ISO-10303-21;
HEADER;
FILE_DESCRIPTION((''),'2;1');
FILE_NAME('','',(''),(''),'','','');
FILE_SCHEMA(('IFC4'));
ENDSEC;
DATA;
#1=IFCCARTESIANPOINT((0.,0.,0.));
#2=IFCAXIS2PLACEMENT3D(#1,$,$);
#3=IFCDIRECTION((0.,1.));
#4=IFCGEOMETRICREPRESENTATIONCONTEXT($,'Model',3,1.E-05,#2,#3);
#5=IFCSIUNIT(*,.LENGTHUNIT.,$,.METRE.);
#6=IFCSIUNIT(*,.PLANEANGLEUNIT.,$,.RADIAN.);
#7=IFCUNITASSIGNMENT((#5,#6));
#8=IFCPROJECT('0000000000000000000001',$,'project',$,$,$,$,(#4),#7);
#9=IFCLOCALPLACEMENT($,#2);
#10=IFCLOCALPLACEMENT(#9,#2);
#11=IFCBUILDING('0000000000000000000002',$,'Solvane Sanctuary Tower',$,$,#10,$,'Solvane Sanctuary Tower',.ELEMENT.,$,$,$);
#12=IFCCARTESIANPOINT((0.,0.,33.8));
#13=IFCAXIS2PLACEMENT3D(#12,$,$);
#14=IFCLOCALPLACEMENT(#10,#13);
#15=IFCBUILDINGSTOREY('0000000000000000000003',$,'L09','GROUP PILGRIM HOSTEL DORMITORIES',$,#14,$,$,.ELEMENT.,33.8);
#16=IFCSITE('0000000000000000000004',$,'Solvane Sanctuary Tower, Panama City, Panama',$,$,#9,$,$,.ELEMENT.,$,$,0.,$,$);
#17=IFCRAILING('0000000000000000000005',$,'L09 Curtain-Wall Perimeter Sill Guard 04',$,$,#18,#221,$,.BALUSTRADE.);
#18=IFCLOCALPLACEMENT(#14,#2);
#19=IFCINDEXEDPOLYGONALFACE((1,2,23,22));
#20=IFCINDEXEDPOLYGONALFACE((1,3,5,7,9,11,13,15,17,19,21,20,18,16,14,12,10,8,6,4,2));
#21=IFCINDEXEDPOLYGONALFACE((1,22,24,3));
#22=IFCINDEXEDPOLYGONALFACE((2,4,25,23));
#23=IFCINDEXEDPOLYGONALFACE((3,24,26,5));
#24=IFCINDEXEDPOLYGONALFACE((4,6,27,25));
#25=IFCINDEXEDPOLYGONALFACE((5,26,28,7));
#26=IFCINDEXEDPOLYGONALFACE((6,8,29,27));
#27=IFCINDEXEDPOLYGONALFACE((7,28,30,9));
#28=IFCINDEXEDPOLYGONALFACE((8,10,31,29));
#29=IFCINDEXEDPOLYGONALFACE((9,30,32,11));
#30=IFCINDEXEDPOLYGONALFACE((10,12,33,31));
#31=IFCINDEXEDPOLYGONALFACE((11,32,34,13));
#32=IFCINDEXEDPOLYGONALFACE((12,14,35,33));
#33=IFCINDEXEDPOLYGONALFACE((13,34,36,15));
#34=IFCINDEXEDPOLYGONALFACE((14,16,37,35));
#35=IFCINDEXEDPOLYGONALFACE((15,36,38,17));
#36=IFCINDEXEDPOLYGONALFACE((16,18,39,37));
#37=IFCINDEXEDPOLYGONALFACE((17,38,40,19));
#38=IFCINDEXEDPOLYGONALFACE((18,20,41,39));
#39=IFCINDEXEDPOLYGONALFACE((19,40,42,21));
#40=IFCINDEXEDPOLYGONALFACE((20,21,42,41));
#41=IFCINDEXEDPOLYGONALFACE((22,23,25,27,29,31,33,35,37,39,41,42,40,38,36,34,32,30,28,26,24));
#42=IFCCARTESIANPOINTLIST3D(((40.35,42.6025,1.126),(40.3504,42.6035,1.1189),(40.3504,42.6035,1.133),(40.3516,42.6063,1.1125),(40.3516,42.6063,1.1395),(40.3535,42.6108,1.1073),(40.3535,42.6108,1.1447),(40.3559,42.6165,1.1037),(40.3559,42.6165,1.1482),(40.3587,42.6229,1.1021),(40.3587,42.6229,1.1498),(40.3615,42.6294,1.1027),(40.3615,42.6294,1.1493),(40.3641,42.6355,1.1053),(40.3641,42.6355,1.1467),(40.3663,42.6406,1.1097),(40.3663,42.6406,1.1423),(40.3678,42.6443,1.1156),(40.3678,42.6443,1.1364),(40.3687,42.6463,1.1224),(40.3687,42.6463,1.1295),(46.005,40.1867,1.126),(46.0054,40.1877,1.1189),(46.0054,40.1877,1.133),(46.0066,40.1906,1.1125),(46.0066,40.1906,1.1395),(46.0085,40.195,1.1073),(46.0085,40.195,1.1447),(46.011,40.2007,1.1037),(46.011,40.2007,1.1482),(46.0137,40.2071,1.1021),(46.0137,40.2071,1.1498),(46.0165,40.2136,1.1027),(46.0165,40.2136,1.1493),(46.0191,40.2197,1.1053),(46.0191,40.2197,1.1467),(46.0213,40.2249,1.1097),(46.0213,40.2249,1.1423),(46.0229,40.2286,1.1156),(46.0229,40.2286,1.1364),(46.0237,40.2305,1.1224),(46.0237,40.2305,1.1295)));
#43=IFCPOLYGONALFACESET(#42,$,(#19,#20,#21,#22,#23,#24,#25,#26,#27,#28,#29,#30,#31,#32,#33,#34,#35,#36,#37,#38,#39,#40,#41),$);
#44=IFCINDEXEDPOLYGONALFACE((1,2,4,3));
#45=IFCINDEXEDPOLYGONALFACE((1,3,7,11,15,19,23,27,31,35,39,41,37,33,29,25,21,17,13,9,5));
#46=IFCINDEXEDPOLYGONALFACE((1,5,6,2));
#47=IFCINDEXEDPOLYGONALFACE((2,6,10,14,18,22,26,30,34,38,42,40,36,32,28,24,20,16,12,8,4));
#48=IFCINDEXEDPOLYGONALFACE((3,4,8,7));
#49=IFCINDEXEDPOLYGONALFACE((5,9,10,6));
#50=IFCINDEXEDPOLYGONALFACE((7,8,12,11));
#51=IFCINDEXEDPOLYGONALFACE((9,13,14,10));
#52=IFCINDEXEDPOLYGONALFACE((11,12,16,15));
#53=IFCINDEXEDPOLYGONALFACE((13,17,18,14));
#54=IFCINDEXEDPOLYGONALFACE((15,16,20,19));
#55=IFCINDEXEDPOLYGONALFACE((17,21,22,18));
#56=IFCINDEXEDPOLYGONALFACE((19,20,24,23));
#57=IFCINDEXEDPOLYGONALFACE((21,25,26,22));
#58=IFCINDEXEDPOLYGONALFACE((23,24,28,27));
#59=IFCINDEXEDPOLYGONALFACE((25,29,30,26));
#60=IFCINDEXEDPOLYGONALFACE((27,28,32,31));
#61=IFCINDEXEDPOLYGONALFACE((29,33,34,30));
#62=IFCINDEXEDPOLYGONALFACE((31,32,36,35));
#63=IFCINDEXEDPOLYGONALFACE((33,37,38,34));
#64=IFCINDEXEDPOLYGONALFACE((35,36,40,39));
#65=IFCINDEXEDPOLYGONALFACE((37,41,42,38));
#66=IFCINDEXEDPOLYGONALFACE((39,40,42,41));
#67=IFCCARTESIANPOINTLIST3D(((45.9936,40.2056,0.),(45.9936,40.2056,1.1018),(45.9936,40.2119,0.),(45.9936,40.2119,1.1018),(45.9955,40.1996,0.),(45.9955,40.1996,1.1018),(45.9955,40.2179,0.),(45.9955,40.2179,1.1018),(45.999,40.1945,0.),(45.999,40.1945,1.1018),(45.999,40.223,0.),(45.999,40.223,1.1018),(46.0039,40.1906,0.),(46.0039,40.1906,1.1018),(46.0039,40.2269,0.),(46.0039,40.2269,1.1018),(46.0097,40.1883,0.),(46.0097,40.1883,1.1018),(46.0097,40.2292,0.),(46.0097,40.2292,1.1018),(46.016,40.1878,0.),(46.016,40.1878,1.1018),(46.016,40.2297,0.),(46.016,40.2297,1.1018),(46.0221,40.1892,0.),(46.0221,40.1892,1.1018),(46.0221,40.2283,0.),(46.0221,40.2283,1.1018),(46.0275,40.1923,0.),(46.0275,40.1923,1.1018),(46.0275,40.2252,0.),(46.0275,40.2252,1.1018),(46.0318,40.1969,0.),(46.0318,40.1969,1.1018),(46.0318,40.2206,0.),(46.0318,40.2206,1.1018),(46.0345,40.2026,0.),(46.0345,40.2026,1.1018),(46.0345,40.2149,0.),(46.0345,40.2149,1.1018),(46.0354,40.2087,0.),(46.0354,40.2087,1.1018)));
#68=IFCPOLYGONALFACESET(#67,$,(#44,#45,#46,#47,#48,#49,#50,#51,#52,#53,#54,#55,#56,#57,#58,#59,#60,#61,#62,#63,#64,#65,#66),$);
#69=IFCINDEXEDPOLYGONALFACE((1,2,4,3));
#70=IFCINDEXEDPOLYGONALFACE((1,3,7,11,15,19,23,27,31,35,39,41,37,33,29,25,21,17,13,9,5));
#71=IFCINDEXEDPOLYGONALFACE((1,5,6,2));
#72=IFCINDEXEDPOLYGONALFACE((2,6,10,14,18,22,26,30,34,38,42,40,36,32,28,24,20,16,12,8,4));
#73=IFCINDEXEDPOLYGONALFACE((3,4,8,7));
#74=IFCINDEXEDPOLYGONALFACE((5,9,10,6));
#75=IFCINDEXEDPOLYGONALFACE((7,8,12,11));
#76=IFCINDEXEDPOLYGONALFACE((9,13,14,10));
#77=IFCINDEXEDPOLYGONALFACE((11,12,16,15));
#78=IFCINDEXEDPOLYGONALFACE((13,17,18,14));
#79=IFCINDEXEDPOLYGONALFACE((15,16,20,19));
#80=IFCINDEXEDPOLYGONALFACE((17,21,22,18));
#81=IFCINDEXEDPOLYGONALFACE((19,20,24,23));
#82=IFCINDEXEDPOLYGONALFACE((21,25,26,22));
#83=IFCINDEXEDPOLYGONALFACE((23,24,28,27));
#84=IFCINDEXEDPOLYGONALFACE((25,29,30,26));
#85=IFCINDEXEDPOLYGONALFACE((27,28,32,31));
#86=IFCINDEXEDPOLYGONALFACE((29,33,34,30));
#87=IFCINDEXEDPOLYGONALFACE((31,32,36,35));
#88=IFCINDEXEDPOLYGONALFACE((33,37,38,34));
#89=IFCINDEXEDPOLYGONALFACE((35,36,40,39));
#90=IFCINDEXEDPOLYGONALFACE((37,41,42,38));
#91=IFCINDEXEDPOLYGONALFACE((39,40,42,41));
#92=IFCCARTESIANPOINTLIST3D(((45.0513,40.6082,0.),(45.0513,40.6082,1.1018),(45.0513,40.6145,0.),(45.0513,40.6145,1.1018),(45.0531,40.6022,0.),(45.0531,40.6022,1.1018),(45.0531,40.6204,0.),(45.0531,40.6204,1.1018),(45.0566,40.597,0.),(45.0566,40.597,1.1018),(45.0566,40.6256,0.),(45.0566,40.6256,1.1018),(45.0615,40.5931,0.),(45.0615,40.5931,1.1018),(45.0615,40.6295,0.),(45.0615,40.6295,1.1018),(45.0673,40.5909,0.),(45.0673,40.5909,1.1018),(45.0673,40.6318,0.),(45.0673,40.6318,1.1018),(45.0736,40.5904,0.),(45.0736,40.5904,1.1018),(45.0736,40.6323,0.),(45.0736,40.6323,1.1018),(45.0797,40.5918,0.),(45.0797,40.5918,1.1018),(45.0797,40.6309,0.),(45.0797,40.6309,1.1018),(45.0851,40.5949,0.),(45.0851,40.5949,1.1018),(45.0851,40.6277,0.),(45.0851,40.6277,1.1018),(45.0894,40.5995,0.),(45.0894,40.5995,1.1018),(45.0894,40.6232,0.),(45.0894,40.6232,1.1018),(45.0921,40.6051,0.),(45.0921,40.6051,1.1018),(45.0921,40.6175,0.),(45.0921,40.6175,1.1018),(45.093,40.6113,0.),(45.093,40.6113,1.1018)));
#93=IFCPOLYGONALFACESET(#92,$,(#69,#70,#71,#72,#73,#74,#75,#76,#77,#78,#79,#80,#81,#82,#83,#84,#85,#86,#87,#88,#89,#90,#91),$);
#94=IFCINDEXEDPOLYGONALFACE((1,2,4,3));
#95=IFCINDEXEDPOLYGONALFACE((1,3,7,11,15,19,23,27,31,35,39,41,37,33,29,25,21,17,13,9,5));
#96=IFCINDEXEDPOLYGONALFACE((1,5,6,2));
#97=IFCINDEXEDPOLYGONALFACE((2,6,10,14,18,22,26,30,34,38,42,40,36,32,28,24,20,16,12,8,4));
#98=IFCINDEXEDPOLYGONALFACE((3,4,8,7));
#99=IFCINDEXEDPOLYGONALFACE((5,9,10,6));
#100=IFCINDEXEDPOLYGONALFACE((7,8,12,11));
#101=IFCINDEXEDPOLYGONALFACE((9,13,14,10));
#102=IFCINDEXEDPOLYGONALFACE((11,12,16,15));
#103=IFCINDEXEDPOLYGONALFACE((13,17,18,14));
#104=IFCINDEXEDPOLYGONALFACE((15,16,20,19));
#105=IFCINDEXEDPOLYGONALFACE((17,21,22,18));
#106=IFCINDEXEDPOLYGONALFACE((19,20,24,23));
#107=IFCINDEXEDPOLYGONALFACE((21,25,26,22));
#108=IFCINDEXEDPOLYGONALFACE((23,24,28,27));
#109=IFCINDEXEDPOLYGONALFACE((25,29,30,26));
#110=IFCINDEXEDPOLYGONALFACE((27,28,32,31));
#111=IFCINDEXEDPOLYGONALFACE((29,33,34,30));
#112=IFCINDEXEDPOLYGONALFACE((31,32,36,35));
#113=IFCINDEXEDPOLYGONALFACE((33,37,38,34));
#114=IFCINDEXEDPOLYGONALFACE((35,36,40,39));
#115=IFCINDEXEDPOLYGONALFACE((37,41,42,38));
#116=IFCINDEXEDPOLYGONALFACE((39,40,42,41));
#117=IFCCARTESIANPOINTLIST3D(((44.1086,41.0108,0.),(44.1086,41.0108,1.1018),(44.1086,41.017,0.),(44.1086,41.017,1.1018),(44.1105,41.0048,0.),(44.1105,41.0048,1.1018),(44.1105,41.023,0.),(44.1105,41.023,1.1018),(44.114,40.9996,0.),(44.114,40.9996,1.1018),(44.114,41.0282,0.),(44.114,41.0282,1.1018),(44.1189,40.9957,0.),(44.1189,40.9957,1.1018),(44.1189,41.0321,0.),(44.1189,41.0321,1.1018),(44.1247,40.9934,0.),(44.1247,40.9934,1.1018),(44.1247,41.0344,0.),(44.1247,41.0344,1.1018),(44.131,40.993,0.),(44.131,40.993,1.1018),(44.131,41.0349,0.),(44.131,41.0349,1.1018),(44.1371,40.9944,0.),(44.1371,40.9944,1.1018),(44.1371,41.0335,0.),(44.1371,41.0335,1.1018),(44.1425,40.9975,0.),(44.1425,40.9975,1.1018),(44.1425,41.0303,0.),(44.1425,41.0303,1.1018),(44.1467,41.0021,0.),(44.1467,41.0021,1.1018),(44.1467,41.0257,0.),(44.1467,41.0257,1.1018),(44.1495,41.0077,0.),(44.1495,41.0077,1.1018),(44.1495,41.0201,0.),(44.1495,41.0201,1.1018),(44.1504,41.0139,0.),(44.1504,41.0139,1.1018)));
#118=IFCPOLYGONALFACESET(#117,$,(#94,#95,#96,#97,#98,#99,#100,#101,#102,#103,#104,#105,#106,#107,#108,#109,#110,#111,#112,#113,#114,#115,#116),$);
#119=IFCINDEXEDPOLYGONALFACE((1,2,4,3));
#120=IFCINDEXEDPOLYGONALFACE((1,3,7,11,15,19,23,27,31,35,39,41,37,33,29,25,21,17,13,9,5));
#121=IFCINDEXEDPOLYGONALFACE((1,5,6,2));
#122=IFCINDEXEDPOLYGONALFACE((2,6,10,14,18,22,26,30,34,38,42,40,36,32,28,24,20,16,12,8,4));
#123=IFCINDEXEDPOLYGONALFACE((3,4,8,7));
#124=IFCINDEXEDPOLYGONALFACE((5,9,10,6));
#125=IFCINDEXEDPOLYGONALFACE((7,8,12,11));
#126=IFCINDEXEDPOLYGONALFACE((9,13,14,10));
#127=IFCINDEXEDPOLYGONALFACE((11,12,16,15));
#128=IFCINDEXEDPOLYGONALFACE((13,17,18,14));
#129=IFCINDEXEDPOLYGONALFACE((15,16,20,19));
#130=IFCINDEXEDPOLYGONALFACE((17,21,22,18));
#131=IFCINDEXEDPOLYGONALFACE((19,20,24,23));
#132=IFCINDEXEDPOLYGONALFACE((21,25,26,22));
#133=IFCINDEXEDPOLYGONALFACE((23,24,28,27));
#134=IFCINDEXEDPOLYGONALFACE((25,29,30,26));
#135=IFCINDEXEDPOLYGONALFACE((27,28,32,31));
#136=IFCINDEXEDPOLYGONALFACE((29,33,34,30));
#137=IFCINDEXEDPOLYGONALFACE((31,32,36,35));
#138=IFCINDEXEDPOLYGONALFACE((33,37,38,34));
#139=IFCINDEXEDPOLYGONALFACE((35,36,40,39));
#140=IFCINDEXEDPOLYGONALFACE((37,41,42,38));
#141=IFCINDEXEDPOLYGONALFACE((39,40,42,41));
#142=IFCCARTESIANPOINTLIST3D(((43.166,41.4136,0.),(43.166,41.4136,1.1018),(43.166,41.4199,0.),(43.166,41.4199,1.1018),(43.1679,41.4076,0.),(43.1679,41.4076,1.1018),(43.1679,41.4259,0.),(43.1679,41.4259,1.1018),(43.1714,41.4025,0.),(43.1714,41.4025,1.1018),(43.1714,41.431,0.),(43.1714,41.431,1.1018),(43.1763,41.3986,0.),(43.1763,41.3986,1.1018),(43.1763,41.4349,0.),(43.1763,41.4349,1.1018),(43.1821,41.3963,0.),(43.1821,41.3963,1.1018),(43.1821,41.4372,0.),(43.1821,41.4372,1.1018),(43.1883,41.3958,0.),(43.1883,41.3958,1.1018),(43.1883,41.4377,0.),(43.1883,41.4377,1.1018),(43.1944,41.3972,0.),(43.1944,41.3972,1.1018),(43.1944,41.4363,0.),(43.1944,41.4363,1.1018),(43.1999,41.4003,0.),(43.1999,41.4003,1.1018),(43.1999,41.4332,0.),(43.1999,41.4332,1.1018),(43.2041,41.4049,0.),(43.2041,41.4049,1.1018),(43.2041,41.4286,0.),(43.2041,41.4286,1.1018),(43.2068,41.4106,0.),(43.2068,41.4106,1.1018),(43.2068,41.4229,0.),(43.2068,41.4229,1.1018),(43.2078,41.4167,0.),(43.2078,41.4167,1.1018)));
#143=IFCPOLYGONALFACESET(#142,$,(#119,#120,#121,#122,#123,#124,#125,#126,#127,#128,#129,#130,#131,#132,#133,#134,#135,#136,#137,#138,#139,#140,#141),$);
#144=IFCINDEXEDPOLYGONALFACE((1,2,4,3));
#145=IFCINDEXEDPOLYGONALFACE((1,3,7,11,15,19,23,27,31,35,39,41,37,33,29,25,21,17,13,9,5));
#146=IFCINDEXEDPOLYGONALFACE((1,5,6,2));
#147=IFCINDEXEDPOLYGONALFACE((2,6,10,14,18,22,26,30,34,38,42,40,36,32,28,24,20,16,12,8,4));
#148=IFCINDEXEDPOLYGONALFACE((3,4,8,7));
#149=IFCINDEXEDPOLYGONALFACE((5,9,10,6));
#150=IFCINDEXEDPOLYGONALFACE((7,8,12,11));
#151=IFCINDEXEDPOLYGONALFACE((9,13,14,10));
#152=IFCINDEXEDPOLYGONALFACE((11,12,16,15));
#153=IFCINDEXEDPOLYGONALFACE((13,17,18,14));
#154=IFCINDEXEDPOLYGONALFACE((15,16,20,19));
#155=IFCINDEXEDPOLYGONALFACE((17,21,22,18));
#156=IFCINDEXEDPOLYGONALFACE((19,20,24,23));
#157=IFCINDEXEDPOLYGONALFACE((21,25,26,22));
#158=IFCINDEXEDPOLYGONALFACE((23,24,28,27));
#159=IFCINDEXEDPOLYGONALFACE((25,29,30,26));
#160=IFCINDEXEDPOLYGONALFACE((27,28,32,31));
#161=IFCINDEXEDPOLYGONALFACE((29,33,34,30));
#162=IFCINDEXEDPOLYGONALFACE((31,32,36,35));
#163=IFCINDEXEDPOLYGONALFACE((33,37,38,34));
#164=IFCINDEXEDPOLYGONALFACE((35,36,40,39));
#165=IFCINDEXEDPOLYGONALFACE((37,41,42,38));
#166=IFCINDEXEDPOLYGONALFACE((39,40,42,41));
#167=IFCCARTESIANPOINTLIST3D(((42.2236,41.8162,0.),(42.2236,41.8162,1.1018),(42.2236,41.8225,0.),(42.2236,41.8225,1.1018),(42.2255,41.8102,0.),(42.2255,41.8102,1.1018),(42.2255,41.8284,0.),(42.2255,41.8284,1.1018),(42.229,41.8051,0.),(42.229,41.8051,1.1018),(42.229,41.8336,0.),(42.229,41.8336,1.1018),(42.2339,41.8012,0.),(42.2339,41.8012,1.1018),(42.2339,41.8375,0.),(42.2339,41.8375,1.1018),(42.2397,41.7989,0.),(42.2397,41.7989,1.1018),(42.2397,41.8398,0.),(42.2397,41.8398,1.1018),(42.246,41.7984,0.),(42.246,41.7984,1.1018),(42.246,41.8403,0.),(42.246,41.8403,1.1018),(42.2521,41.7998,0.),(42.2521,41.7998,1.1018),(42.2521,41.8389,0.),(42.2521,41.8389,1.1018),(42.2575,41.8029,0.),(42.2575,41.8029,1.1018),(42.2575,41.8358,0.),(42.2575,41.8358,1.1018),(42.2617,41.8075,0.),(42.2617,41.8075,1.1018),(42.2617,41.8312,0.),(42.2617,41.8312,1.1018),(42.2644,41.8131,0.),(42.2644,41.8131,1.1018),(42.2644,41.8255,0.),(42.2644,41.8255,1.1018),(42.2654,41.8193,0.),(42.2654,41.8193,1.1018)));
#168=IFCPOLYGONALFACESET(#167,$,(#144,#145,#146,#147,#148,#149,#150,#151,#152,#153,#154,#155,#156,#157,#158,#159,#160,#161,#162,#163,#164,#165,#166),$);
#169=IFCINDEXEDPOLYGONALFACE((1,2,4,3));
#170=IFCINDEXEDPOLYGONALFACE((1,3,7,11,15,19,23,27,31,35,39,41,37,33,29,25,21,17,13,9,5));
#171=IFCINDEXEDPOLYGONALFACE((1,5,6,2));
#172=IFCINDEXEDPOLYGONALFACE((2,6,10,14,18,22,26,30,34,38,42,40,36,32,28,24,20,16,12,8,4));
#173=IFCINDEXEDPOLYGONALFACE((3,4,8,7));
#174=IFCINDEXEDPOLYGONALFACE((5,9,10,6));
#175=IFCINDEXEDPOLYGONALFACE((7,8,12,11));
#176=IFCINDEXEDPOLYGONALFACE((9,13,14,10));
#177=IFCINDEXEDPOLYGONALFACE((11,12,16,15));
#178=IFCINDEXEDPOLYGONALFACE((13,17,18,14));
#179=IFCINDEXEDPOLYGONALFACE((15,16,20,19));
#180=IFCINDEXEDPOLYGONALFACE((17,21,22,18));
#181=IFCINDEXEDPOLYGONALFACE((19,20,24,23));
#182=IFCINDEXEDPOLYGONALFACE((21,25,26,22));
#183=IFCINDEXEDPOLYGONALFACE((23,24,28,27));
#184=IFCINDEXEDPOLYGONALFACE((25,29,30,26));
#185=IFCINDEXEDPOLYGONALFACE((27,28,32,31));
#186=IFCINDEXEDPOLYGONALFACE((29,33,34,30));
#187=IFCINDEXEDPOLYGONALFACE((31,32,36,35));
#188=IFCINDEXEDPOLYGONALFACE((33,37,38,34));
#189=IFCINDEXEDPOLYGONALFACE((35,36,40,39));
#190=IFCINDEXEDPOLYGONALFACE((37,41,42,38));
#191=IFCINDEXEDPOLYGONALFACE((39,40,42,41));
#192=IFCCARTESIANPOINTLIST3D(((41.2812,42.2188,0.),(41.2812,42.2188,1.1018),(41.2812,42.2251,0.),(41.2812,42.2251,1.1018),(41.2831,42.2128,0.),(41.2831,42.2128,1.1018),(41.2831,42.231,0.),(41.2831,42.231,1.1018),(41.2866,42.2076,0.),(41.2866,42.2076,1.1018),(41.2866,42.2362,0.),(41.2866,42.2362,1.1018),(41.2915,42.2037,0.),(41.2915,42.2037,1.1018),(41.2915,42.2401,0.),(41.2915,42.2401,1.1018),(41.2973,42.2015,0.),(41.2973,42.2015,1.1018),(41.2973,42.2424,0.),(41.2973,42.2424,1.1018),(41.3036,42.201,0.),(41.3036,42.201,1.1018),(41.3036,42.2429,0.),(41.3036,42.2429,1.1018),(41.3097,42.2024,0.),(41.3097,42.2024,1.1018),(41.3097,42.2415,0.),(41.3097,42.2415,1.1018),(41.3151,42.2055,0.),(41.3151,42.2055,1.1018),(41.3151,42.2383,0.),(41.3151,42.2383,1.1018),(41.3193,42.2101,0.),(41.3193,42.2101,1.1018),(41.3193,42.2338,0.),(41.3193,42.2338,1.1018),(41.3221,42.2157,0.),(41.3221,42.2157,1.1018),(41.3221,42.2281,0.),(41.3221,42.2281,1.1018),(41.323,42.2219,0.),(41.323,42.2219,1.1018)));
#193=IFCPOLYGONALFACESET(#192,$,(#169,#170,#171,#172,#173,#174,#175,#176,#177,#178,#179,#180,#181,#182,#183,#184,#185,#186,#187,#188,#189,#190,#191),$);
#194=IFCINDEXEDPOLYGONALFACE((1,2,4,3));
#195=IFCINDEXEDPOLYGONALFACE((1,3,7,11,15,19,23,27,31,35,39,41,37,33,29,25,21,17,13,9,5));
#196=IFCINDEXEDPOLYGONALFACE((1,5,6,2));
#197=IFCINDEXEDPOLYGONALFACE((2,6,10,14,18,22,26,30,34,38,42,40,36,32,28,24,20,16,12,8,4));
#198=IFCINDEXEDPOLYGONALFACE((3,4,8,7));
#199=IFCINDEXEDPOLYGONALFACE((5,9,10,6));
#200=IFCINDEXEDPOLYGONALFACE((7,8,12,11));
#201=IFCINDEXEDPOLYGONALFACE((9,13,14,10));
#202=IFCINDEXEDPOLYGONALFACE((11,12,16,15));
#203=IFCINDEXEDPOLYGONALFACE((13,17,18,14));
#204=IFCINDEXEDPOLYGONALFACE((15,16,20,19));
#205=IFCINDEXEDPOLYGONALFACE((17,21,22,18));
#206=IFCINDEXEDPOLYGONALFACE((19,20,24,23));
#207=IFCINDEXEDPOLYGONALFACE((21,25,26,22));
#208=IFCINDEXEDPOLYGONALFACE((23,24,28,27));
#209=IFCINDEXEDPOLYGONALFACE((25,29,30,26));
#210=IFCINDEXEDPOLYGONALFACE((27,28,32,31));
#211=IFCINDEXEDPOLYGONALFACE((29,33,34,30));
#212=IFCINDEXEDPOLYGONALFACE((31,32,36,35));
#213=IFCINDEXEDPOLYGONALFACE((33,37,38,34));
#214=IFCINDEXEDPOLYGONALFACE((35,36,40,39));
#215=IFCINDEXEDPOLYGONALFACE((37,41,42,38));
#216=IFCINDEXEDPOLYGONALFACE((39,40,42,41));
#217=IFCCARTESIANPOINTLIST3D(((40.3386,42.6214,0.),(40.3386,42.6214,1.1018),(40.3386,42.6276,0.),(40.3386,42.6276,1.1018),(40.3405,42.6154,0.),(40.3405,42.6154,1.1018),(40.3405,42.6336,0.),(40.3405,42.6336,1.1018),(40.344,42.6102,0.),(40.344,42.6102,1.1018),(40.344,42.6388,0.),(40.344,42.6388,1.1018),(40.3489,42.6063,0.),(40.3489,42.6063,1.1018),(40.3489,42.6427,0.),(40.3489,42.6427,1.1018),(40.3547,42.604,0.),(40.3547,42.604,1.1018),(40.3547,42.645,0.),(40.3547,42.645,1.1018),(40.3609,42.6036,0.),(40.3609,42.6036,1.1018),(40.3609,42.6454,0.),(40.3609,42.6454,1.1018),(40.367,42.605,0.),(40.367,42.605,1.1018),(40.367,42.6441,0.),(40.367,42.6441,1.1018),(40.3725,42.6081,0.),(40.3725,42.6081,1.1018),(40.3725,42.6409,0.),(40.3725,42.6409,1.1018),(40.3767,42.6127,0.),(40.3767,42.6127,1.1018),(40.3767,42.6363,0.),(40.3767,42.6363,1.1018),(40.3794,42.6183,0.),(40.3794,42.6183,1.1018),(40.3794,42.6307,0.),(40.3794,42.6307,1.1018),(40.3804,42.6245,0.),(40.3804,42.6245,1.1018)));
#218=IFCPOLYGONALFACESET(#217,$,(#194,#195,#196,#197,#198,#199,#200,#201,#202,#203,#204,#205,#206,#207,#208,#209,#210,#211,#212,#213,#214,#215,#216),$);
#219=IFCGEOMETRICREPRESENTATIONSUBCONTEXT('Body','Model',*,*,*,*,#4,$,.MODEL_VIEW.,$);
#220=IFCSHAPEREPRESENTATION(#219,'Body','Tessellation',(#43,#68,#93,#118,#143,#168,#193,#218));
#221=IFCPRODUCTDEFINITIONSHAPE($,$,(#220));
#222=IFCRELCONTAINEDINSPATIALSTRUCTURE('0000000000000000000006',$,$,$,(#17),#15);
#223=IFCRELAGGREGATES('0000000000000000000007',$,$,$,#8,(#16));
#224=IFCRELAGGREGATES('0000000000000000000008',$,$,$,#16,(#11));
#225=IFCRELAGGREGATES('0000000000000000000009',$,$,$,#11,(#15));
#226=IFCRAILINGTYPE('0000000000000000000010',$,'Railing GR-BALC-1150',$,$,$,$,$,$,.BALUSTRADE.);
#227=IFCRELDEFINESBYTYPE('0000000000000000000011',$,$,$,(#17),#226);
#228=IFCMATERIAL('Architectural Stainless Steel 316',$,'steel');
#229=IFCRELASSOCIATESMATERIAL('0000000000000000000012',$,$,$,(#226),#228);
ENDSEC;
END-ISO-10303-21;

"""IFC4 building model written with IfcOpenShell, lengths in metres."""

from ifc_helpers import new_model, si_unit, direction, frame, origin, origin_2d, place, context, subcontext, project, spatial, circle, extrude, material, type_object, element, save


model = new_model("IFC4")

# Units and contexts
model_context = context("Model", 3, precision=1e-05, world=origin(), true_north=direction((0.0, 1.0)))
body_context = subcontext(model_context, "Body", "Model", "MODEL_VIEW")
ifc_project = project(units=[si_unit("LENGTHUNIT", "METRE"), si_unit("PLANEANGLEUNIT", "RADIAN")], contexts=[model_context])

# Site, building, storey
site_placement = place(None, origin())
site = spatial("IfcSite", under=ifc_project, at=site_placement, Name="Solvane Sanctuary Tower, Panama City, Panama", CompositionType="ELEMENT", RefElevation=0.0)
building_placement = place(site_placement, origin())
building = spatial("IfcBuilding", under=site, at=building_placement, Name="Solvane Sanctuary Tower", LongName="Solvane Sanctuary Tower", CompositionType="ELEMENT")
storey_placement = place(building_placement, frame((0.0, 0.0, 33.8)))
storey = spatial("IfcBuildingStorey", under=building, at=storey_placement, Name="L09", Description="GROUP PILGRIM HOSTEL DORMITORIES", CompositionType="ELEMENT", Elevation=33.8)

# Shared definitions
ifc_material_1 = material(Name="Architectural Stainless Steel 316", Category="steel")

# Railing
railing_type = type_object("IfcRailingType", Name="Railing GR-BALC-1150", PredefinedType="BALUSTRADE", material=ifc_material_1)
railing_placement = place(storey_placement, frame((46.0144, 40.2087, 0.0)))
element("IfcRailing", 1, at=railing_placement, inside=storey, type_object=railing_type, Name="L09 Curtain-Wall Perimeter Sill Guard 04", PredefinedType="BALUSTRADE", context=body_context, shape_type="SweptSolid", body=[
    extrude(circle(Radius=0.0239, at=origin_2d()), frame((0.0, 0.0, 1.126), z_axis=(-0.919604, 0.392846, 0.0), x_axis=(-0.392846, -0.919604, 0.0)), (0.0, 0.0, 1.0), 6.1494),
    extrude(circle(Radius=0.021, at=origin_2d()), origin(), (0.0, 0.0, 1.0), 1.1018),
    extrude(circle(Radius=0.021, at=origin_2d()), frame((-0.9424, 0.4026, 0.0)), (0.0, 0.0, 1.0), 1.1018),
    extrude(circle(Radius=0.021, at=origin_2d()), frame((-1.885, 0.8052, 0.0)), (0.0, 0.0, 1.0), 1.1018),
    extrude(circle(Radius=0.021, at=origin_2d()), frame((-2.8276, 1.208, 0.0)), (0.0, 0.0, 1.0), 1.1018),
    extrude(circle(Radius=0.021, at=origin_2d()), frame((-3.77, 1.6106, 0.0)), (0.0, 0.0, 1.0), 1.1018),
    extrude(circle(Radius=0.021, at=origin_2d()), frame((-4.7124, 2.0132, 0.0)), (0.0, 0.0, 1.0), 1.1018),
    extrude(circle(Radius=0.021, at=origin_2d()), frame((-5.655, 2.4158, 0.0)), (0.0, 0.0, 1.0), 1.1018),
])

save(model, "model.ifc")
